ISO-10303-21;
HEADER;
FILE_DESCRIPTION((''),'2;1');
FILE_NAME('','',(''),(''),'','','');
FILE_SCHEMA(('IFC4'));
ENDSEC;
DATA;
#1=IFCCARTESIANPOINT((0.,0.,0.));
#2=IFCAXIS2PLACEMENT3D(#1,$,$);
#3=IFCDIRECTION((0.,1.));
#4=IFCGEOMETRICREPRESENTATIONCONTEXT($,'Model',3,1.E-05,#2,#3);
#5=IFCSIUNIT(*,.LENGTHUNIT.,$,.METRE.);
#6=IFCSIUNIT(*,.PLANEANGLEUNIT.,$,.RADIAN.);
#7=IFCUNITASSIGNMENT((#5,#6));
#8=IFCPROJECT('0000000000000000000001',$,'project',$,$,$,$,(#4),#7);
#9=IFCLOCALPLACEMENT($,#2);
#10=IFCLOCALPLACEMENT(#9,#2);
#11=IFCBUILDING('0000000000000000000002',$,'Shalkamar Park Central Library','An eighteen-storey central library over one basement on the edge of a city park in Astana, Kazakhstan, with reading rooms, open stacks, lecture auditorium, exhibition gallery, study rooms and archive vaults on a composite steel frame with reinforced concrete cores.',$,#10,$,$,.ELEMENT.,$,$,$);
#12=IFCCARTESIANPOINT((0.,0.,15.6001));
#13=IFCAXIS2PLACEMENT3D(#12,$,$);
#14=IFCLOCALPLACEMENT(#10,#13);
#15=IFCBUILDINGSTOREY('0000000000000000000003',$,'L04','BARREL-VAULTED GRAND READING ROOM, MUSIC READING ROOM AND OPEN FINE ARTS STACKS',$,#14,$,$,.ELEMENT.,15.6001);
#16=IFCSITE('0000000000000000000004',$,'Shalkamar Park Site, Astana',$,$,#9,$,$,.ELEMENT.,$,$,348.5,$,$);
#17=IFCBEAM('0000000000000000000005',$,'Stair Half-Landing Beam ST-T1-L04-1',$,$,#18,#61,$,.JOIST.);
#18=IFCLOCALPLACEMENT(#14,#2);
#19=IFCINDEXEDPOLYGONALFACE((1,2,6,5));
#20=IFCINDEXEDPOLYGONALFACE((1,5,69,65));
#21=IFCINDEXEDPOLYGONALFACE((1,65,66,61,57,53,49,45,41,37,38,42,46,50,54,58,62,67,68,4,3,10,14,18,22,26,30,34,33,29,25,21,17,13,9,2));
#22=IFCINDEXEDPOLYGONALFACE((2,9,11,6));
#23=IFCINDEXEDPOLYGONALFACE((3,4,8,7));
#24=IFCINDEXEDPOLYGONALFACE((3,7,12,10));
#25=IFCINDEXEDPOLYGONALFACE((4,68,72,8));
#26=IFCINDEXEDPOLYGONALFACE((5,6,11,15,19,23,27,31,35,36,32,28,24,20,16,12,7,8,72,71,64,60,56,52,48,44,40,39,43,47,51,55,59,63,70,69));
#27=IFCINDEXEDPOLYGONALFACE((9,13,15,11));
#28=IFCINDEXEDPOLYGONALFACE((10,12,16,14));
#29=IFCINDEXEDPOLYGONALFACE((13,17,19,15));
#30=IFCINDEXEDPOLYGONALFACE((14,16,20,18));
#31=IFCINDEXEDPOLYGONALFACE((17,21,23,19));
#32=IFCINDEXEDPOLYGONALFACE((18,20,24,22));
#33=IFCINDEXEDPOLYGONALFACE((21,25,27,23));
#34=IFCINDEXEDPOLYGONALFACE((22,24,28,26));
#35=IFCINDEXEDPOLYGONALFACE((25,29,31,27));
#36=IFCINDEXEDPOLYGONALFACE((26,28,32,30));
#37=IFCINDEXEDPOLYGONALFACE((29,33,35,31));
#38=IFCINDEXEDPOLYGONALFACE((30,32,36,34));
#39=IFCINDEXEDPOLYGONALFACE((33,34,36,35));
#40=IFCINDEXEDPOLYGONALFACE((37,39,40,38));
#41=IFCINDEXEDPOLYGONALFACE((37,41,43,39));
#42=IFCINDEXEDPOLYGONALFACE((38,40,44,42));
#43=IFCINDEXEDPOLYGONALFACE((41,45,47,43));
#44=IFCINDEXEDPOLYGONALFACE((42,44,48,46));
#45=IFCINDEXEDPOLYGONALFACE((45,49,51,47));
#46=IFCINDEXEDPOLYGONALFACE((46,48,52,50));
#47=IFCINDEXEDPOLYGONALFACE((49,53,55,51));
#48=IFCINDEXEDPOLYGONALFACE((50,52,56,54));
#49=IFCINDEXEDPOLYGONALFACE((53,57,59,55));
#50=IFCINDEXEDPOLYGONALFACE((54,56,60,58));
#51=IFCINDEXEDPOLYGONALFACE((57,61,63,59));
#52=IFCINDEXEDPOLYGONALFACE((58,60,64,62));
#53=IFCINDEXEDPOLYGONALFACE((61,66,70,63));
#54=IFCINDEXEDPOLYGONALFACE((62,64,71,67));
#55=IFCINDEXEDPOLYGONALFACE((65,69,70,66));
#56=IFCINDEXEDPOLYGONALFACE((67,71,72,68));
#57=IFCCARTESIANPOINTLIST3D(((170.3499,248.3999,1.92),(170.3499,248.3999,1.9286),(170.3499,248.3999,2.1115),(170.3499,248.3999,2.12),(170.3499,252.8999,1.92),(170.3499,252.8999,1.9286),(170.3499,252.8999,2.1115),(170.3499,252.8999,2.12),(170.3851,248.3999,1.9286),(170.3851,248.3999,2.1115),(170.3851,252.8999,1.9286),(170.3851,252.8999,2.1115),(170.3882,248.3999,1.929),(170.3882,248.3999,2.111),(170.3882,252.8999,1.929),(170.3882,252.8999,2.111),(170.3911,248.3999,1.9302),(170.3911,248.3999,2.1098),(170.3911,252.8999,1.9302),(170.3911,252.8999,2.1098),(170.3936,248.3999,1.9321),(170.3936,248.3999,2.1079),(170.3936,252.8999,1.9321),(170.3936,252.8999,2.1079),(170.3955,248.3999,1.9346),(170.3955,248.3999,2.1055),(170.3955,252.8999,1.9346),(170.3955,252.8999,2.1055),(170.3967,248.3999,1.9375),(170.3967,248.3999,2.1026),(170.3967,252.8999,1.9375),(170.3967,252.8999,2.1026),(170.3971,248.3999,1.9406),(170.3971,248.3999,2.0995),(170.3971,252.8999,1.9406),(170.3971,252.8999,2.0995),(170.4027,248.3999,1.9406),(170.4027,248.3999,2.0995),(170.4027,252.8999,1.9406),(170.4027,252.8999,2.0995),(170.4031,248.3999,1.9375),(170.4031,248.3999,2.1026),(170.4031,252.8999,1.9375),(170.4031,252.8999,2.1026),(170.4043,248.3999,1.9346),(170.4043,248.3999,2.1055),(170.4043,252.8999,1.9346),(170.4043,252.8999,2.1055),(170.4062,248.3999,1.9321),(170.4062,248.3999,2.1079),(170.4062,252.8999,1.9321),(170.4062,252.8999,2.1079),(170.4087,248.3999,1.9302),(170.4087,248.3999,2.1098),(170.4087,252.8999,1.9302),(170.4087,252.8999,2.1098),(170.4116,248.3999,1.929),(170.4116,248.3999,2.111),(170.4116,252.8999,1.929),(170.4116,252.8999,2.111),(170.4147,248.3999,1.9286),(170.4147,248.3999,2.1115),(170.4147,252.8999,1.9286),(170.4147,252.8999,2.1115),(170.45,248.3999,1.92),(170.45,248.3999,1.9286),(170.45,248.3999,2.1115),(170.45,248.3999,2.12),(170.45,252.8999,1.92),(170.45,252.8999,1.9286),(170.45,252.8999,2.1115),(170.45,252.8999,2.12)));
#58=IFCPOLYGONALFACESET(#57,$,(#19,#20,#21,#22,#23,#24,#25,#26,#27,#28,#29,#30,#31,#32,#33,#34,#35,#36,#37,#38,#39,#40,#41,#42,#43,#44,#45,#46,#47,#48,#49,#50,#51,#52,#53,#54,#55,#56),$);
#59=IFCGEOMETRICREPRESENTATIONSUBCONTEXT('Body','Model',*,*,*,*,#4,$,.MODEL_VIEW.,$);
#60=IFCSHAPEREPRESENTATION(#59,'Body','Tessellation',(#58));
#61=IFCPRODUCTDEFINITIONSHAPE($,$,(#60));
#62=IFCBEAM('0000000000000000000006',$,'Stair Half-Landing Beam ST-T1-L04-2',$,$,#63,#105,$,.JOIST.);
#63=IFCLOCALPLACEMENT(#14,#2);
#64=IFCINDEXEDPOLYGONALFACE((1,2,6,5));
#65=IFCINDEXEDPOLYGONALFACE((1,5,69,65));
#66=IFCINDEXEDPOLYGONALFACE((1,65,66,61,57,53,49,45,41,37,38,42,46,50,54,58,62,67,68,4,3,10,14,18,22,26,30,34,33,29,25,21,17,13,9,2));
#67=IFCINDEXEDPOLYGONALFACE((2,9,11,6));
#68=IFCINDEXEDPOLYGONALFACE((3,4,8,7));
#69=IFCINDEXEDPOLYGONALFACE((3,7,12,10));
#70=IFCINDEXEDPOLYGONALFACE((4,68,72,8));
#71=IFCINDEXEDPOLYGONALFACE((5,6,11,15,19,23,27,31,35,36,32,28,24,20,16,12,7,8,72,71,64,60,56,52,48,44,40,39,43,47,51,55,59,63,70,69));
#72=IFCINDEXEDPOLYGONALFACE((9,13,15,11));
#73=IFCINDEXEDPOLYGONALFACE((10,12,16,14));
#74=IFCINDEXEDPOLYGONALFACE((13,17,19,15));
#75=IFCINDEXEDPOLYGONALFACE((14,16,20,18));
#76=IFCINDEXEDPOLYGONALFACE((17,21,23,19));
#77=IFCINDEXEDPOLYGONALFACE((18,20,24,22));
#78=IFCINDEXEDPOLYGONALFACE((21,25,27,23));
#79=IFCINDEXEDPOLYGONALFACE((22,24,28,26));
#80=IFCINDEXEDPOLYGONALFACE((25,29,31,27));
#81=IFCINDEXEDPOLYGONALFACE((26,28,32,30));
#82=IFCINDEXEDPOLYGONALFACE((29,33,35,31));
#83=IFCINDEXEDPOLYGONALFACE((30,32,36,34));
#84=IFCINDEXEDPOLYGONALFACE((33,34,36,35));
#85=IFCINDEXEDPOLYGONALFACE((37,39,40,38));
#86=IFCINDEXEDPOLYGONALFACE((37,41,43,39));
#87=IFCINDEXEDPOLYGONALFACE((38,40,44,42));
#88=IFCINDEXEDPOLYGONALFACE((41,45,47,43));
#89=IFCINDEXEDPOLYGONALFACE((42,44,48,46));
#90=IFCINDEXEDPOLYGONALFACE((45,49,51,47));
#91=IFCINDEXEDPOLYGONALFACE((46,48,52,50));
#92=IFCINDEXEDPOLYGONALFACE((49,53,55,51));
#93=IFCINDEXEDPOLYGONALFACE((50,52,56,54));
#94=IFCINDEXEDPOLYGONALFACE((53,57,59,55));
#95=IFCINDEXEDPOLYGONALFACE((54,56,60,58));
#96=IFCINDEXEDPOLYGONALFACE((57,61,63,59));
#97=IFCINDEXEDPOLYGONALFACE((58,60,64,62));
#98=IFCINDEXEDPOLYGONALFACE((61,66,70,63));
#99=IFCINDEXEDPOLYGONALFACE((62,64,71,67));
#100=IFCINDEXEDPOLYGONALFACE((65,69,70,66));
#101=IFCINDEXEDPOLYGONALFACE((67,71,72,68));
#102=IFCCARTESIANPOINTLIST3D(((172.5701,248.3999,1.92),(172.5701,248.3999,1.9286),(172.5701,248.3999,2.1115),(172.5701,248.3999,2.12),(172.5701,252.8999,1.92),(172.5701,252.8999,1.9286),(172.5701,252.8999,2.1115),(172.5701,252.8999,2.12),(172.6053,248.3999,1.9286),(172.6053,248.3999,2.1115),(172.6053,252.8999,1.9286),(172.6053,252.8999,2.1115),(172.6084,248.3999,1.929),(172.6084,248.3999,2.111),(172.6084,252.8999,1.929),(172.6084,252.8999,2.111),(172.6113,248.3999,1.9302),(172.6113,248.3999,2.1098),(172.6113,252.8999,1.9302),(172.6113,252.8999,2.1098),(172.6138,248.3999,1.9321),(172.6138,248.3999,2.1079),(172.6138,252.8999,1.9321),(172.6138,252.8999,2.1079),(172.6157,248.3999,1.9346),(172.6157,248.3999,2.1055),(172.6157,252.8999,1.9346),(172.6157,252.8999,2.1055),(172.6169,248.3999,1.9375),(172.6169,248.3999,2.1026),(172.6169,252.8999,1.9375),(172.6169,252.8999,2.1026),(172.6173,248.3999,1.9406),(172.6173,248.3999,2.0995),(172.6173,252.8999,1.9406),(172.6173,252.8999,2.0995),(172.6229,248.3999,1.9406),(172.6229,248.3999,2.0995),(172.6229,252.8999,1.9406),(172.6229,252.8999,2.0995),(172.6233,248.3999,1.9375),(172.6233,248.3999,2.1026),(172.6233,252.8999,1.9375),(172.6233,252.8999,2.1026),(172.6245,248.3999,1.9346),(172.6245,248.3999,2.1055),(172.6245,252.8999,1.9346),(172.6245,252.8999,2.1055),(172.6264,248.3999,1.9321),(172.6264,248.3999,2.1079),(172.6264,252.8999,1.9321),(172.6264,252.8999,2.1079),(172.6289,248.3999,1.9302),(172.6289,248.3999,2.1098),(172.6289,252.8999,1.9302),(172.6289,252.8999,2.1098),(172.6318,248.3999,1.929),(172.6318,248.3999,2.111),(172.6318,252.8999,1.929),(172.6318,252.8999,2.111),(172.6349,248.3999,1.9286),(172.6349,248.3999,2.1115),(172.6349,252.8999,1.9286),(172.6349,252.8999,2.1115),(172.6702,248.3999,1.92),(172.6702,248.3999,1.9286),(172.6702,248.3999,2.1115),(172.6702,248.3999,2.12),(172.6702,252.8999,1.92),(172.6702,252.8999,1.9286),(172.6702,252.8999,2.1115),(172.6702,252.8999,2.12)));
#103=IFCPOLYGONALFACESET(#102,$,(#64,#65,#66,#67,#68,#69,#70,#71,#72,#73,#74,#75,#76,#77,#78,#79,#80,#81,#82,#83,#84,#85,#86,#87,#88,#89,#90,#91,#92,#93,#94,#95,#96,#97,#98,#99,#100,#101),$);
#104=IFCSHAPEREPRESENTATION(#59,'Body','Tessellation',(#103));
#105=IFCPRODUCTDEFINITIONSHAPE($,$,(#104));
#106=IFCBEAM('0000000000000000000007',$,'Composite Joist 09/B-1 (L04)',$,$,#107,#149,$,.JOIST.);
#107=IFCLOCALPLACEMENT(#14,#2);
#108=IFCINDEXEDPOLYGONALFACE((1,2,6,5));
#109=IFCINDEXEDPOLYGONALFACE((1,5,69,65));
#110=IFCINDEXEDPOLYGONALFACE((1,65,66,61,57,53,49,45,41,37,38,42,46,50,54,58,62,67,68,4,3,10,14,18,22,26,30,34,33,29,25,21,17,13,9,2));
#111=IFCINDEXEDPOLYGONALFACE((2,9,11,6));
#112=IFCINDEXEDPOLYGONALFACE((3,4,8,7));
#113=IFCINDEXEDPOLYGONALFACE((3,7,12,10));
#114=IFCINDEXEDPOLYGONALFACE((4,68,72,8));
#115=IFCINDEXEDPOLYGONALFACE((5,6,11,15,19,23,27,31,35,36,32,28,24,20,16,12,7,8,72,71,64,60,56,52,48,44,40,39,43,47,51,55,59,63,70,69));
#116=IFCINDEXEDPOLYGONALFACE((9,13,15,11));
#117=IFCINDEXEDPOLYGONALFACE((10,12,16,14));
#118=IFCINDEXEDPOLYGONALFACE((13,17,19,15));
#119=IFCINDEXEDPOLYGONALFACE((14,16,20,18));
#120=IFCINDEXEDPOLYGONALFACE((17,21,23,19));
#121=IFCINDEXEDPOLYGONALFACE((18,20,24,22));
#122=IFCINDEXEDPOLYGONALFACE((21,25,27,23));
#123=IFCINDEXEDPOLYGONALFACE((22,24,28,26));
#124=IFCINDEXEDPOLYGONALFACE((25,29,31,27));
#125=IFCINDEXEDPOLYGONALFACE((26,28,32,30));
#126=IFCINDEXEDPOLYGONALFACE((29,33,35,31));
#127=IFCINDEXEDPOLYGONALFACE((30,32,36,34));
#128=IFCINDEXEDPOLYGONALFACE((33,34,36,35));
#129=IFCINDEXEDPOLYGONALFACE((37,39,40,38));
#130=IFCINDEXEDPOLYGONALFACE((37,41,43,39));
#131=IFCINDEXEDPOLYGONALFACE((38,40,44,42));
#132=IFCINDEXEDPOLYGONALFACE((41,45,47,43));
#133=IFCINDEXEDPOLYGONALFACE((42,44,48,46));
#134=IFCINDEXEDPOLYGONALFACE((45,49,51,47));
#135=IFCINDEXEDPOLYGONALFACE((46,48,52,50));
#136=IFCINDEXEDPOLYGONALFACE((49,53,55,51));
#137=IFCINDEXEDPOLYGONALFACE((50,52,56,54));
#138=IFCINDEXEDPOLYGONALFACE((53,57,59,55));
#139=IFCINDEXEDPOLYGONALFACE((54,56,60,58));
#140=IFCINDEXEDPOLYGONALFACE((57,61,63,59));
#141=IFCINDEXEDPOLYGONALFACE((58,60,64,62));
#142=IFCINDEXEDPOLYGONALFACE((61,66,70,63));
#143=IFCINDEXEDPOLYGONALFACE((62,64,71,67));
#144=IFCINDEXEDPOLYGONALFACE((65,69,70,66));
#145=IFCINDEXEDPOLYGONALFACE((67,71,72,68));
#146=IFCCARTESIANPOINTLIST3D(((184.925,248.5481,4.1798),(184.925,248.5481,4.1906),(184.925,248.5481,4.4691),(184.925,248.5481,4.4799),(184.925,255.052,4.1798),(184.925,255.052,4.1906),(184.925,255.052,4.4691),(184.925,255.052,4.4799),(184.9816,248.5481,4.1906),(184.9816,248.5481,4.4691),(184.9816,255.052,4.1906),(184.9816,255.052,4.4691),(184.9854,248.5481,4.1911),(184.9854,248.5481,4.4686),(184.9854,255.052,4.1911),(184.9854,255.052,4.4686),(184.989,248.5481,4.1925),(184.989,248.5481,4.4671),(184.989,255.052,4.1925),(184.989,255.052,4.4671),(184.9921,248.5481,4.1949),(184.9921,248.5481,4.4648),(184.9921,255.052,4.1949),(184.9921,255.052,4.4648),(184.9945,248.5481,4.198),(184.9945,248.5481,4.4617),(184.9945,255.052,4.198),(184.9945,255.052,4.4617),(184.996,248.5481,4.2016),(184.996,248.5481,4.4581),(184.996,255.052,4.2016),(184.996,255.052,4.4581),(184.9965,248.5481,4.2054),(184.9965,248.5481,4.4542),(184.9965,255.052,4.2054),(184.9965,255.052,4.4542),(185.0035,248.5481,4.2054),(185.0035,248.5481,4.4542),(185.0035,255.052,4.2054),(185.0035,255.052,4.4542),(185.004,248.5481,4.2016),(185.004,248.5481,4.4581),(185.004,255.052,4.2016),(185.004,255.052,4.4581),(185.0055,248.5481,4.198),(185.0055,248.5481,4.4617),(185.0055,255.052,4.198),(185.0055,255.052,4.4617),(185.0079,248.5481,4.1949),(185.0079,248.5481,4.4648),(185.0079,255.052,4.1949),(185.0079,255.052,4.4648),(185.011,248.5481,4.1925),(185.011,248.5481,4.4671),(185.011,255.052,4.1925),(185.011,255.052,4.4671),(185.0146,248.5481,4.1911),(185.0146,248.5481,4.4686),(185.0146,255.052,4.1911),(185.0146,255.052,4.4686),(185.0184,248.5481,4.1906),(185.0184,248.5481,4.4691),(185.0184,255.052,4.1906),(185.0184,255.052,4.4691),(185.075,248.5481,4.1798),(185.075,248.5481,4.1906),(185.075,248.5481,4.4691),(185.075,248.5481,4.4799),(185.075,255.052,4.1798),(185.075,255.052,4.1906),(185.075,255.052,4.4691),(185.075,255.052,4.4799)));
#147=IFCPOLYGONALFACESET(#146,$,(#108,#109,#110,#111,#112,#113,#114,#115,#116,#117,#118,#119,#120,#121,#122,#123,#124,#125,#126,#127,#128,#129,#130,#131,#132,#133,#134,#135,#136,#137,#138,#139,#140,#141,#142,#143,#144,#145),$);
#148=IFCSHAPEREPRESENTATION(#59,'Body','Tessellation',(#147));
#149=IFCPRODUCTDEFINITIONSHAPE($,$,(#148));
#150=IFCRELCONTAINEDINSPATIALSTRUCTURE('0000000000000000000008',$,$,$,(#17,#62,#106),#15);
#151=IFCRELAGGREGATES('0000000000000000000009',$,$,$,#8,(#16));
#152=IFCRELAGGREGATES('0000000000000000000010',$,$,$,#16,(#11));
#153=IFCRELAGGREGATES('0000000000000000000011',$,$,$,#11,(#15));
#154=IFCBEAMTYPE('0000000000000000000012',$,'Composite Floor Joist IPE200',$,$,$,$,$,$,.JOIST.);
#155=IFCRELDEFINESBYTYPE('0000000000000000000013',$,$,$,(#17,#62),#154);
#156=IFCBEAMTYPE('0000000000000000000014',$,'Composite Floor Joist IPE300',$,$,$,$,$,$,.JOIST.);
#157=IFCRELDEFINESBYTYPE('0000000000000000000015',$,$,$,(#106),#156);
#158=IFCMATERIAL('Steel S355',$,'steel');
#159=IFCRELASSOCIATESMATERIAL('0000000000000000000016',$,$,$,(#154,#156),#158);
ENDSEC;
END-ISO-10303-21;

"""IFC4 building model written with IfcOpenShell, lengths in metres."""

from ifc_helpers import new_model, si_unit, direction, frame, origin, origin_2d, place, context, subcontext, project, spatial, i_section, extrude, material, material_profile, profile_set, type_object, element, save


model = new_model("IFC4")

# Units and contexts
model_context = context("Model", 3, precision=1e-05, world=origin(), true_north=direction((0.0, 1.0)))
body_context = subcontext(model_context, "Body", "Model", "MODEL_VIEW")
ifc_project = project(units=[si_unit("LENGTHUNIT", "METRE"), si_unit("PLANEANGLEUNIT", "RADIAN")], contexts=[model_context])

# Site, building, storey
site_placement = place(None, origin())
site = spatial("IfcSite", under=ifc_project, at=site_placement, Name="Shalkamar Park Site, Astana", CompositionType="ELEMENT", RefElevation=348.5)
building_placement = place(site_placement, origin())
building = spatial("IfcBuilding", under=site, at=building_placement, Name="Shalkamar Park Central Library", Description="An eighteen-storey central library over one basement on the edge of a city park in Astana, Kazakhstan, with reading rooms, open stacks, lecture auditorium, exhibition gallery, study rooms and archive vaults on a composite steel frame with reinforced concrete cores.", CompositionType="ELEMENT")
storey_placement = place(building_placement, frame((0.0, 0.0, 15.6001)))
storey = spatial("IfcBuildingStorey", under=building, at=storey_placement, Name="L04", Description="BARREL-VAULTED GRAND READING ROOM, MUSIC READING ROOM AND OPEN FINE ARTS STACKS", CompositionType="ELEMENT", Elevation=15.6001)

# Shared definitions
ifc_material_1 = material(Name="Steel S355", Category="steel")

# Beams
ifc_material_profile_1 = material_profile(ifc_material_1, i_section(OverallWidth=0.1001, OverallDepth=0.2, WebThickness=0.0056, FlangeThickness=0.0085, FilletRadius=0.012, at=origin_2d()), Name="IPE 200")
ifc_profile_set_1 = profile_set([ifc_material_profile_1], Name="Steel S355")
beam_type_1 = type_object("IfcBeamType", Name="Composite Floor Joist IPE200", PredefinedType="JOIST", material=ifc_profile_set_1)
for number, where, z_axis, x_axis, name in (
    (1, (170.3999, 248.3999, 2.02), (0.0, 1.0, 0.0), (-1.0, 0.0, 0.0), "Stair Half-Landing Beam ST-T1-L04-1"),
    (2, (172.6201, 248.3999, 2.02), (0.0, 1.0, 0.0), (-1.0, 0.0, 0.0), "Stair Half-Landing Beam ST-T1-L04-2"),
):
    element("IfcBeam", number, at=place(storey_placement, frame(where, z_axis=z_axis, x_axis=x_axis)), inside=storey, type_object=beam_type_1, Name=name, PredefinedType="JOIST", context=body_context, shape_type="SweptSolid", body=[
        extrude(i_section(OverallWidth=0.1001, OverallDepth=0.2, WebThickness=0.0056, FlangeThickness=0.0085, FilletRadius=0.012, at=origin_2d()), origin(), (0.0, 0.0, 1.0), 4.5),
    ])
ifc_material_profile_2 = material_profile(ifc_material_1, i_section(OverallWidth=0.1499, OverallDepth=0.3, WebThickness=0.0071, FlangeThickness=0.0107, FilletRadius=0.0149, at=origin_2d()), Name="IPE 300")
ifc_profile_set_2 = profile_set([ifc_material_profile_2], Name="Steel S355")
beam_type_2 = type_object("IfcBeamType", Name="Composite Floor Joist IPE300", PredefinedType="JOIST", material=ifc_profile_set_2)
beam_1_placement = place(storey_placement, frame((185.0, 248.5481, 4.3298), z_axis=(0.0, 1.0, 0.0), x_axis=(-1.0, 0.0, 0.0)))
element("IfcBeam", 3, at=beam_1_placement, inside=storey, type_object=beam_type_2, Name="Composite Joist 09/B-1 (L04)", PredefinedType="JOIST", context=body_context, shape_type="SweptSolid", body=[
    extrude(i_section(OverallWidth=0.1499, OverallDepth=0.3, WebThickness=0.0071, FlangeThickness=0.0107, FilletRadius=0.0149, at=origin_2d()), origin(), (0.0, 0.0, 1.0), 6.5039),
])

save(model, "model.ifc")
